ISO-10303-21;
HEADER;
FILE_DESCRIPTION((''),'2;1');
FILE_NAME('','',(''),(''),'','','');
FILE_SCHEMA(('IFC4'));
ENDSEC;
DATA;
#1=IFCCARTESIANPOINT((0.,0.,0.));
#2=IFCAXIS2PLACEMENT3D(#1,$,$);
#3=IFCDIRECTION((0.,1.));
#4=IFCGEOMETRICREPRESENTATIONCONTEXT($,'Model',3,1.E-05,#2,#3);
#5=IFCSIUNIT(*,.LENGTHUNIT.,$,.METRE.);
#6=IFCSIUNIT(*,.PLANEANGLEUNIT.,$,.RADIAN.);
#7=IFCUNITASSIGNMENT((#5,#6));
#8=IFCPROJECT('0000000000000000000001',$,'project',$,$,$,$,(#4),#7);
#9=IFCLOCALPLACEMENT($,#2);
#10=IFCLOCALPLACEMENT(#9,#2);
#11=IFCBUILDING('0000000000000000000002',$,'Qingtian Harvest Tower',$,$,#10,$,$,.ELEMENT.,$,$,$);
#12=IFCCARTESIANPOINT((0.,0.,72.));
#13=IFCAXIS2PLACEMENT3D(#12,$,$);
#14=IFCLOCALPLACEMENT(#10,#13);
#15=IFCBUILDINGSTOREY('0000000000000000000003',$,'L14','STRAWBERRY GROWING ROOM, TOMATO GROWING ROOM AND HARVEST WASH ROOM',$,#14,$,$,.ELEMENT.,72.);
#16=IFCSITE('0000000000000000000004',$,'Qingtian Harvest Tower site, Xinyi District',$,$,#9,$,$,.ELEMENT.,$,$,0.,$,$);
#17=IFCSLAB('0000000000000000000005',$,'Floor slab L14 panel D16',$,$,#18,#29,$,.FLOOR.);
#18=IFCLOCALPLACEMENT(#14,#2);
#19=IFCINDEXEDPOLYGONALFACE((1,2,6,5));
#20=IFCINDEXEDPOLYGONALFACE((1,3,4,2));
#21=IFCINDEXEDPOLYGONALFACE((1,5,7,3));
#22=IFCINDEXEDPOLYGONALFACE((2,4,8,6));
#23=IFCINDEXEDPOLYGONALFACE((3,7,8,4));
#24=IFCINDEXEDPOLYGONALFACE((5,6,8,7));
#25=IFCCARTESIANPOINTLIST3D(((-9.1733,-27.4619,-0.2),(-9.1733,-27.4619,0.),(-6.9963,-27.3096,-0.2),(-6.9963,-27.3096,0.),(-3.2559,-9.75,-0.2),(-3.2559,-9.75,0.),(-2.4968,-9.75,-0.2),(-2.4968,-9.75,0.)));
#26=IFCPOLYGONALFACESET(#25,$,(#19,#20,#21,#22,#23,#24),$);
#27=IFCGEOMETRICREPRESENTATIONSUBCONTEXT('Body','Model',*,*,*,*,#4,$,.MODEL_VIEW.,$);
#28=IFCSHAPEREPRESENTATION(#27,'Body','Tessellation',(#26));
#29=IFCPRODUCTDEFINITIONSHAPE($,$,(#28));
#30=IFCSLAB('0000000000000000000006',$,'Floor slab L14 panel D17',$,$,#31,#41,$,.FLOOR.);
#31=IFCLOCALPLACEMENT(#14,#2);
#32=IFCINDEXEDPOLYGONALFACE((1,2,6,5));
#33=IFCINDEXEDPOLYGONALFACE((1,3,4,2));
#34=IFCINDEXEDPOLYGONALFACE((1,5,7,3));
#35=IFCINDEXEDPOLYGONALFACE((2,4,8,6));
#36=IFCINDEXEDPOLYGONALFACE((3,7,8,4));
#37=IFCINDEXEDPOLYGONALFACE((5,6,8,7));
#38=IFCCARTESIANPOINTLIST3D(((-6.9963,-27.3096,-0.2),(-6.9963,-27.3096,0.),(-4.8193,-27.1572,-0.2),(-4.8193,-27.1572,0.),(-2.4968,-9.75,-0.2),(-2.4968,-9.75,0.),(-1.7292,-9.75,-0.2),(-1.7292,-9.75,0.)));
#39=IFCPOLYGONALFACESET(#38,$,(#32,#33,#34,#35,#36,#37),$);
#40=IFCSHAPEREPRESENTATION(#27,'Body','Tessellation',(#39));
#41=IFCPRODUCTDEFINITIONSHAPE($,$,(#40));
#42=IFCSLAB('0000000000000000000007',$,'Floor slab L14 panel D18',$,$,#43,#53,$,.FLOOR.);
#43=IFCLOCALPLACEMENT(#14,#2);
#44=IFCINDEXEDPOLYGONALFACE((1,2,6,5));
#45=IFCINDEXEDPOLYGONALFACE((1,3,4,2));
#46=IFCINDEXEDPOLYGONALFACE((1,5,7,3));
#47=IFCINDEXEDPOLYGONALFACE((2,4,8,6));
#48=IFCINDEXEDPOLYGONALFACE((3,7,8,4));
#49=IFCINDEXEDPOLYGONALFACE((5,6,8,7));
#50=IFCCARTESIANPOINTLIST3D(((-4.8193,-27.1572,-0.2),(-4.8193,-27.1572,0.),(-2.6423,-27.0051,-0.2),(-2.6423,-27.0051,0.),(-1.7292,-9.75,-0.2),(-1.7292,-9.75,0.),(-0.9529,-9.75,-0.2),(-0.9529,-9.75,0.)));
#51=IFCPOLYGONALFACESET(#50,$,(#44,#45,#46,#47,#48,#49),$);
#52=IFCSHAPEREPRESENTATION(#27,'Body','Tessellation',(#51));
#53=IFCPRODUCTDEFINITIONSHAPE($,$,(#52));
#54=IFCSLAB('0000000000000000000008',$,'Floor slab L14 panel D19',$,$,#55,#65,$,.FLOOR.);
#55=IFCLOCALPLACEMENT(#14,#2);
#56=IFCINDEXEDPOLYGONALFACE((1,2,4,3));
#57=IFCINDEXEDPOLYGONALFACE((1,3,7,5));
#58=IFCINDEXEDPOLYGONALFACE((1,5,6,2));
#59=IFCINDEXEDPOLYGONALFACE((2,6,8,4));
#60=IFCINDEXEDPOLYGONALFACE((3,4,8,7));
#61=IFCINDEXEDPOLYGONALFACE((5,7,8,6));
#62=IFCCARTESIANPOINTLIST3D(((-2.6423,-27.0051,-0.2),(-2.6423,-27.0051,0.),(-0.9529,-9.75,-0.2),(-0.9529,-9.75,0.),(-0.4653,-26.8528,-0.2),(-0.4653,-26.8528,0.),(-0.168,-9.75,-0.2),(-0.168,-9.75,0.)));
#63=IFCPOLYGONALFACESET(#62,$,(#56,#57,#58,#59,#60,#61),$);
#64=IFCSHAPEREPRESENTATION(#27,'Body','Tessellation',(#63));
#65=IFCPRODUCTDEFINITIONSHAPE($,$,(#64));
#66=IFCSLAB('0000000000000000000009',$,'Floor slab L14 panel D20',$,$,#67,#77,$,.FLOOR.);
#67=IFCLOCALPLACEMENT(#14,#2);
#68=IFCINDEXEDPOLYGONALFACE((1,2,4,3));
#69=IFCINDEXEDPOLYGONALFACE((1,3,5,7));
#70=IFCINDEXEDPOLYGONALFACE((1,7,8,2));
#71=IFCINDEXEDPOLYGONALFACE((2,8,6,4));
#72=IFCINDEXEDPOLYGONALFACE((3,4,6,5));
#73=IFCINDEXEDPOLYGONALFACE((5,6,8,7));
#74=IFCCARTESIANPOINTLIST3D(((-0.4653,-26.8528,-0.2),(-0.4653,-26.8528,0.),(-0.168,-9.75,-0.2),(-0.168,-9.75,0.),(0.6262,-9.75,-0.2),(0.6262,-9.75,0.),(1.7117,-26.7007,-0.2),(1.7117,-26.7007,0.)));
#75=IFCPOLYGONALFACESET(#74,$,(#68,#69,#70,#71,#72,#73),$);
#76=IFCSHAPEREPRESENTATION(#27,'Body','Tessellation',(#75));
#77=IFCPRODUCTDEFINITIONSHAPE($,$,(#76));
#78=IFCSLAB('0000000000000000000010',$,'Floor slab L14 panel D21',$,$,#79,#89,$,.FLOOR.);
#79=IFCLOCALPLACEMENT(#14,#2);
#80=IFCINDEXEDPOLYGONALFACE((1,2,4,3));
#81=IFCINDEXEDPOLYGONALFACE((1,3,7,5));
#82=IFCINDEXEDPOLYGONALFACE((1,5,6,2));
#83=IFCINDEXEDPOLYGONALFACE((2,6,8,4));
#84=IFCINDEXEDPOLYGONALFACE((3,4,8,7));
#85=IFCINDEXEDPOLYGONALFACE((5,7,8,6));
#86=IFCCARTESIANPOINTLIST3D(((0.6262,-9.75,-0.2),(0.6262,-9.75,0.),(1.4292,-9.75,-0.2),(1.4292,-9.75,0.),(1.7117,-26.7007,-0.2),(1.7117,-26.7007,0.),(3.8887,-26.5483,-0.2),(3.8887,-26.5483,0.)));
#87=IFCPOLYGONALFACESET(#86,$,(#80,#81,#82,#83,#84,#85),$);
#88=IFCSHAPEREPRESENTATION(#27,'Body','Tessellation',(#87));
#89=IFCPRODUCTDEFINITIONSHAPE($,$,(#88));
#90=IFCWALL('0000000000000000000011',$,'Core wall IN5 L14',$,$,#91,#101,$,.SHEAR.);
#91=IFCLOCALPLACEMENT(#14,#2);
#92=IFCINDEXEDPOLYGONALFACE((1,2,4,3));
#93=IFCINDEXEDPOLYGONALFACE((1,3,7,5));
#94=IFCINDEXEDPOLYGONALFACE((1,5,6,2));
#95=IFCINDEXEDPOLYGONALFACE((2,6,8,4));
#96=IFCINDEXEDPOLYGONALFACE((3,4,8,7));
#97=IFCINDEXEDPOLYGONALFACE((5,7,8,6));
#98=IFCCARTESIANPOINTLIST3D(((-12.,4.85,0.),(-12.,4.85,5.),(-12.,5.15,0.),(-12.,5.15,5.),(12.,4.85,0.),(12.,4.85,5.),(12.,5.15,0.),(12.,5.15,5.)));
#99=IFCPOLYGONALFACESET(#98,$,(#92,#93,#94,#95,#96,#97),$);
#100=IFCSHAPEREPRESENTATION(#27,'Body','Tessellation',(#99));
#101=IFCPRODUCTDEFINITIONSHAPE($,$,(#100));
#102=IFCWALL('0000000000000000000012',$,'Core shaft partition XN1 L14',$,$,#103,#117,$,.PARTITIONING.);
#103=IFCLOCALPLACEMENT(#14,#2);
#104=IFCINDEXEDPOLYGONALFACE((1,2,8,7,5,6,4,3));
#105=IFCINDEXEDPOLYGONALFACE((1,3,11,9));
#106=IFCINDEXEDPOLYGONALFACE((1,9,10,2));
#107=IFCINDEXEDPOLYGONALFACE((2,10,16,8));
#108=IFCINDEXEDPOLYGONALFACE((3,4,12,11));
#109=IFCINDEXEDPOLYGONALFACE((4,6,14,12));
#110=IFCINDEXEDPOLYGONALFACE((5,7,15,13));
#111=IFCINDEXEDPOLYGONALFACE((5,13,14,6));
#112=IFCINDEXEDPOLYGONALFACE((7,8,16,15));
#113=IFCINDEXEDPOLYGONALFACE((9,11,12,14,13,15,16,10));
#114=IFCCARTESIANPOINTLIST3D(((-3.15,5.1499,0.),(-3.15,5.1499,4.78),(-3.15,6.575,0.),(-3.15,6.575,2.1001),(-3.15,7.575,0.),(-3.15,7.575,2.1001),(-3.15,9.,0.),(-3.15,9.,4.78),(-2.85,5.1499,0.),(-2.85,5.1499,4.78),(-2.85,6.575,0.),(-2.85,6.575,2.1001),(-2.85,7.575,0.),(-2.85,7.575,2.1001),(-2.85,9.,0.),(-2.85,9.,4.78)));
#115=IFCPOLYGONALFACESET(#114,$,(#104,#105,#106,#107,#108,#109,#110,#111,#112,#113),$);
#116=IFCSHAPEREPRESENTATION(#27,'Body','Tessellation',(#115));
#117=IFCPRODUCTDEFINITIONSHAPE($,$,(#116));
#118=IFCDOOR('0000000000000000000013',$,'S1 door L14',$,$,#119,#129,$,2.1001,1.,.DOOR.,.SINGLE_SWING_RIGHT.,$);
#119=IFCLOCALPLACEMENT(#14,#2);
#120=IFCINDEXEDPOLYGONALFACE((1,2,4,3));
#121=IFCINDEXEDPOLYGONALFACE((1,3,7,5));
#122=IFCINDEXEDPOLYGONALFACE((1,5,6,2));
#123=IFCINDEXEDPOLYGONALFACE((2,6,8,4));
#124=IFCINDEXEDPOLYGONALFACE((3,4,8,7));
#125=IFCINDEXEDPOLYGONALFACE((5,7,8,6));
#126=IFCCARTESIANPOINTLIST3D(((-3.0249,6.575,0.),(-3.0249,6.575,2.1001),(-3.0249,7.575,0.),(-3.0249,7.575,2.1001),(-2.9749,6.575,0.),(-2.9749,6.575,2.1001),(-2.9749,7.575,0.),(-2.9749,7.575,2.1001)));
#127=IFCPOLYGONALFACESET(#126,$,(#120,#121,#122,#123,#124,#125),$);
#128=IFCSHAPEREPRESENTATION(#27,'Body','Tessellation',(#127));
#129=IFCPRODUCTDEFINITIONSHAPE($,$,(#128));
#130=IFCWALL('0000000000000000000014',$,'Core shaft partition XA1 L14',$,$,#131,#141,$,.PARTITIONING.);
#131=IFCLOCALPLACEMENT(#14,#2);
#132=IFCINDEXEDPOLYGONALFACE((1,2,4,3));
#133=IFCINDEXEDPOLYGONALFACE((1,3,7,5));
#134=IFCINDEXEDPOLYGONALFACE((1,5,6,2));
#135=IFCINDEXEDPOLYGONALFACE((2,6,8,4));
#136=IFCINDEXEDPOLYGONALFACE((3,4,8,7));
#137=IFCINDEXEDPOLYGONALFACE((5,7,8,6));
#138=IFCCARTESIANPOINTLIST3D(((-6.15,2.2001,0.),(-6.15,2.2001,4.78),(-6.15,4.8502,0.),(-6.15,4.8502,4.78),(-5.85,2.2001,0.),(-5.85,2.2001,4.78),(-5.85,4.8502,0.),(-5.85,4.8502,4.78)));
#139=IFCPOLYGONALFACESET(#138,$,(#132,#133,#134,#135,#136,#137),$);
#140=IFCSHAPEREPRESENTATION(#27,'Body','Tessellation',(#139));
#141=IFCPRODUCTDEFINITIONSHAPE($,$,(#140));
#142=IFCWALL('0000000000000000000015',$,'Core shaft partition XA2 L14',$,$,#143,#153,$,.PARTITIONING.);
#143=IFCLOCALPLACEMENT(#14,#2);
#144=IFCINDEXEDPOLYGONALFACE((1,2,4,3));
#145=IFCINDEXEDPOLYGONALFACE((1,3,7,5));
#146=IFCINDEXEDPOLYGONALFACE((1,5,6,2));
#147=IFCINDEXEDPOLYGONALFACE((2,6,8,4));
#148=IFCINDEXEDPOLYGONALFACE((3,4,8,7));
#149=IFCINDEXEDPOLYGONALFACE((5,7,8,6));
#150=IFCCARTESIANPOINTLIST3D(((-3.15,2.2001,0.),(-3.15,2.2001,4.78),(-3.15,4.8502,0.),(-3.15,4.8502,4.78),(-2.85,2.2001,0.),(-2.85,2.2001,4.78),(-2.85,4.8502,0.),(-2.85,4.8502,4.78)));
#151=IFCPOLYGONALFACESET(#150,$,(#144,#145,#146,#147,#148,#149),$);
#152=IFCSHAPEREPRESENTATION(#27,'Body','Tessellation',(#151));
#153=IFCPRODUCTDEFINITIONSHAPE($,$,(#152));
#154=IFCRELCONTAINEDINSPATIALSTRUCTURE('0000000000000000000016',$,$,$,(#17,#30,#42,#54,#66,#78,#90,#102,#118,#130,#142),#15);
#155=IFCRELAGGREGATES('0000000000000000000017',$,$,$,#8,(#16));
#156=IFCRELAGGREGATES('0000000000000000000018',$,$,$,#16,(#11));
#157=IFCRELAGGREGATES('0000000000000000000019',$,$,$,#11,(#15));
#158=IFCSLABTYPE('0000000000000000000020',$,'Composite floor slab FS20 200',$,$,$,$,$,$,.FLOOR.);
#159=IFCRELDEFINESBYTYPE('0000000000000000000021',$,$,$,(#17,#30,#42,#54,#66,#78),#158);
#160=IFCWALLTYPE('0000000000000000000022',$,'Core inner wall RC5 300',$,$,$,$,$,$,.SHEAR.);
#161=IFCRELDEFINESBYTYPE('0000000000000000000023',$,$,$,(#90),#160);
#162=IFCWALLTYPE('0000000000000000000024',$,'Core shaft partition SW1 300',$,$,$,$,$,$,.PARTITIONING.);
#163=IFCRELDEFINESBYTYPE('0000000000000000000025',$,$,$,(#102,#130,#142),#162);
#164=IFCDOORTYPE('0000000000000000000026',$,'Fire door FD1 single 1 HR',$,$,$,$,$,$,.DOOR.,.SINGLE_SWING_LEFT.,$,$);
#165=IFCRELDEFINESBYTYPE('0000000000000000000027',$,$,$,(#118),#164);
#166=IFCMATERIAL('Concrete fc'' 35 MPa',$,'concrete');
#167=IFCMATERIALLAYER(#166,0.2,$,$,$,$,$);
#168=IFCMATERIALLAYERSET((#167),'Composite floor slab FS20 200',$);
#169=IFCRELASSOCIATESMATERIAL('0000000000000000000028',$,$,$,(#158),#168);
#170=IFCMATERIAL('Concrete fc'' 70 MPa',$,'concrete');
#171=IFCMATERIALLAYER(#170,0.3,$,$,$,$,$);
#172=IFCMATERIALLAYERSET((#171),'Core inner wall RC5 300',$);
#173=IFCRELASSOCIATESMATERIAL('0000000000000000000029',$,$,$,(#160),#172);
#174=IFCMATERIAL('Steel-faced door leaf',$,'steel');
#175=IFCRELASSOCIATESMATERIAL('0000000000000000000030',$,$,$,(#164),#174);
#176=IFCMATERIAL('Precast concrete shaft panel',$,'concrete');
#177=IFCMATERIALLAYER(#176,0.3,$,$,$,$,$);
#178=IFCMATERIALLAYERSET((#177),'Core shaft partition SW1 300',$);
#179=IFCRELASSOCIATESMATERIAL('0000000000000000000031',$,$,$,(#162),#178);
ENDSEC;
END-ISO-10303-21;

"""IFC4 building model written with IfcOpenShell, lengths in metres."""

from ifc_helpers import new_model, si_unit, direction, frame, frame_2d, origin, place, context, subcontext, project, spatial, polyline, rectangle, outline, extrude, material, layer, layer_set, type_object, element, fill, save


model = new_model("IFC4")

# Units and contexts
model_context = context("Model", 3, precision=1e-05, world=origin(), true_north=direction((0.0, 1.0)))
body_context = subcontext(model_context, "Body", "Model", "MODEL_VIEW")
ifc_project = project(units=[si_unit("LENGTHUNIT", "METRE"), si_unit("PLANEANGLEUNIT", "RADIAN")], contexts=[model_context])

# Site, building, storey
site_placement = place(None, origin())
site = spatial("IfcSite", under=ifc_project, at=site_placement, Name="Qingtian Harvest Tower site, Xinyi District", CompositionType="ELEMENT", RefElevation=0.0)
building_placement = place(site_placement, origin())
building = spatial("IfcBuilding", under=site, at=building_placement, Name="Qingtian Harvest Tower", CompositionType="ELEMENT")
storey_placement = place(building_placement, frame((0.0, 0.0, 72.0)))
storey = spatial("IfcBuildingStorey", under=building, at=storey_placement, Name="L14", Description="STRAWBERRY GROWING ROOM, TOMATO GROWING ROOM AND HARVEST WASH ROOM", CompositionType="ELEMENT", Elevation=72.0)

# Slabs
ifc_material_1 = material(Name="Concrete fc' 35 MPa", Category="concrete")
ifc_layer_1 = layer(ifc_material_1, 0.2)
ifc_layer_set_1 = layer_set([ifc_layer_1], Name="Composite floor slab FS20 200")
slab_type = type_object("IfcSlabType", Name="Composite floor slab FS20 200", PredefinedType="FLOOR", material=ifc_layer_set_1)
slab_1_placement = place(storey_placement, frame((0.0, 0.0, -0.2)))
element("IfcSlab", 1, at=slab_1_placement, inside=storey, type_object=slab_type, Name="Floor slab L14 panel D16", PredefinedType="FLOOR", context=body_context, shape_type="SweptSolid", body=[
    extrude(outline(polyline([(-2.4968, -9.75), (-6.9963, -27.3096), (-9.1733, -27.4619), (-3.2559, -9.75), (-2.4968, -9.75)])), origin(), (0.0, 0.0, 1.0), 0.2),
])
slab_2_placement = place(storey_placement, frame((0.0, 0.0, -0.2)))
element("IfcSlab", 2, at=slab_2_placement, inside=storey, type_object=slab_type, Name="Floor slab L14 panel D17", PredefinedType="FLOOR", context=body_context, shape_type="SweptSolid", body=[
    extrude(outline(polyline([(-1.7292, -9.75), (-4.8193, -27.1572), (-6.9963, -27.3096), (-2.4968, -9.75), (-1.7292, -9.75)])), origin(), (0.0, 0.0, 1.0), 0.2),
])
slab_3_placement = place(storey_placement, frame((0.0, 0.0, -0.2)))
element("IfcSlab", 3, at=slab_3_placement, inside=storey, type_object=slab_type, Name="Floor slab L14 panel D18", PredefinedType="FLOOR", context=body_context, shape_type="SweptSolid", body=[
    extrude(outline(polyline([(-0.9529, -9.75), (-2.6423, -27.0051), (-4.8193, -27.1572), (-1.7292, -9.75), (-0.9529, -9.75)])), origin(), (0.0, 0.0, 1.0), 0.2),
])
slab_4_placement = place(storey_placement, frame((0.0, 0.0, -0.2)))
element("IfcSlab", 4, at=slab_4_placement, inside=storey, type_object=slab_type, Name="Floor slab L14 panel D19", PredefinedType="FLOOR", context=body_context, shape_type="SweptSolid", body=[
    extrude(outline(polyline([(-0.168, -9.75), (-0.4653, -26.8528), (-2.6423, -27.0051), (-0.9529, -9.75), (-0.168, -9.75)])), origin(), (0.0, 0.0, 1.0), 0.2),
])
slab_5_placement = place(storey_placement, frame((0.0, 0.0, -0.2)))
element("IfcSlab", 5, at=slab_5_placement, inside=storey, type_object=slab_type, Name="Floor slab L14 panel D20", PredefinedType="FLOOR", context=body_context, shape_type="SweptSolid", body=[
    extrude(outline(polyline([(0.6262, -9.75), (1.7117, -26.7007), (-0.4653, -26.8528), (-0.168, -9.75), (0.6262, -9.75)])), origin(), (0.0, 0.0, 1.0), 0.2),
])
slab_6_placement = place(storey_placement, frame((0.0, 0.0, -0.2)))
element("IfcSlab", 6, at=slab_6_placement, inside=storey, type_object=slab_type, Name="Floor slab L14 panel D21", PredefinedType="FLOOR", context=body_context, shape_type="SweptSolid", body=[
    extrude(outline(polyline([(1.4292, -9.75), (3.8887, -26.5483), (1.7117, -26.7007), (0.6262, -9.75), (1.4292, -9.75)])), origin(), (0.0, 0.0, 1.0), 0.2),
])

# Wall
ifc_material_2 = material(Name="Concrete fc' 70 MPa", Category="concrete")
ifc_layer_2 = layer(ifc_material_2, 0.3)
ifc_layer_set_2 = layer_set([ifc_layer_2], Name="Core inner wall RC5 300")
wall_type_1 = type_object("IfcWallType", Name="Core inner wall RC5 300", PredefinedType="SHEAR", material=ifc_layer_set_2)
wall_1_placement = place(storey_placement, frame((-12.0, 5.0, 0.0), z_axis=(0.0, 0.0, 1.0), x_axis=(1.0, 0.0, 0.0)))
element("IfcWall", 7, at=wall_1_placement, inside=storey, type_object=wall_type_1, Name="Core wall IN5 L14", PredefinedType="SHEAR", context=body_context, shape_type="SweptSolid", body=[
    extrude(rectangle(XDim=24.0, YDim=0.3, at=frame_2d((12.0, 0.0))), origin(), (0.0, 0.0, 1.0), 5.0),
])

# Shared definitions
ifc_material_3 = material(Name="Steel-faced door leaf", Category="steel")
door_type_1 = type_object("IfcDoorType", Name="Fire door FD1 single 1 HR", OperationType="SINGLE_SWING_LEFT", PredefinedType="DOOR", material=ifc_material_3)

# Wall, opening, door
ifc_material_4 = material(Name="Precast concrete shaft panel", Category="concrete")
ifc_layer_3 = layer(ifc_material_4, 0.3)
ifc_layer_set_3 = layer_set([ifc_layer_3], Name="Core shaft partition SW1 300")
wall_type_2 = type_object("IfcWallType", Name="Core shaft partition SW1 300", PredefinedType="PARTITIONING", material=ifc_layer_set_3)
wall_2_placement = place(storey_placement, frame((-3.0, 5.1499, 0.0), z_axis=(0.0, 0.0, 1.0), x_axis=(0.0, 1.0, 0.0)))
wall_2 = element("IfcWall", 8, at=wall_2_placement, inside=storey, type_object=wall_type_2, Name="Core shaft partition XN1 L14", PredefinedType="PARTITIONING", context=body_context, shape_type="SweptSolid", body=[
    extrude(rectangle(XDim=3.8501, YDim=0.3, at=frame_2d((1.925, 0.0))), origin(), (0.0, 0.0, 1.0), 4.78),
])
opening_1_placement = place(wall_2_placement, frame((1.425, 0.0, 0.0)))
opening_1 = element("IfcOpeningElement", 9, at=opening_1_placement, cuts=wall_2, PredefinedType="OPENING", context=body_context, shape_type="SweptSolid", body=[
    extrude(rectangle(XDim=1.0, YDim=2.1001, at=frame_2d((0.5, 1.05))), frame((0.0, 0.1599, 0.0), z_axis=(0.0, -1.0, 0.0), x_axis=(1.0, 0.0, 0.0)), (0.0, 0.0, 1.0), 0.3201),
])
door_1_placement = place(opening_1_placement, origin())
door_1 = element("IfcDoor", 10, at=door_1_placement, inside=storey, type_object=door_type_1, Name="S1 door L14", OperationType="SINGLE_SWING_RIGHT", OverallHeight=2.1001, OverallWidth=1.0, PredefinedType="DOOR", context=body_context, shape_type="SweptSolid", body=[
    extrude(rectangle(XDim=1.0, YDim=2.1001, at=frame_2d((0.5, 1.05))), frame((0.0, 0.0249, 0.0), z_axis=(0.0, -1.0, 0.0), x_axis=(1.0, 0.0, 0.0)), (0.0, 0.0, 1.0), 0.05),
])
fill(opening_1, door_1)

# Walls
for number, where, z_axis, x_axis, name in (
    (11, (-6.0, 2.2, 0.0), (0.0, 0.0, 1.0), (0.0, 1.0, 0.0), "Core shaft partition XA1 L14"),
    (12, (-3.0, 2.2, 0.0), (0.0, 0.0, 1.0), (0.0, 1.0, 0.0), "Core shaft partition XA2 L14"),
):
    element("IfcWall", number, at=place(storey_placement, frame(where, z_axis=z_axis, x_axis=x_axis)), inside=storey, type_object=wall_type_2, Name=name, PredefinedType="PARTITIONING", context=body_context, shape_type="SweptSolid", body=[
        extrude(rectangle(XDim=2.6501, YDim=0.3, at=frame_2d((1.3252, 0.0))), origin(), (0.0, 0.0, 1.0), 4.78),
    ])

save(model, "model.ifc")
